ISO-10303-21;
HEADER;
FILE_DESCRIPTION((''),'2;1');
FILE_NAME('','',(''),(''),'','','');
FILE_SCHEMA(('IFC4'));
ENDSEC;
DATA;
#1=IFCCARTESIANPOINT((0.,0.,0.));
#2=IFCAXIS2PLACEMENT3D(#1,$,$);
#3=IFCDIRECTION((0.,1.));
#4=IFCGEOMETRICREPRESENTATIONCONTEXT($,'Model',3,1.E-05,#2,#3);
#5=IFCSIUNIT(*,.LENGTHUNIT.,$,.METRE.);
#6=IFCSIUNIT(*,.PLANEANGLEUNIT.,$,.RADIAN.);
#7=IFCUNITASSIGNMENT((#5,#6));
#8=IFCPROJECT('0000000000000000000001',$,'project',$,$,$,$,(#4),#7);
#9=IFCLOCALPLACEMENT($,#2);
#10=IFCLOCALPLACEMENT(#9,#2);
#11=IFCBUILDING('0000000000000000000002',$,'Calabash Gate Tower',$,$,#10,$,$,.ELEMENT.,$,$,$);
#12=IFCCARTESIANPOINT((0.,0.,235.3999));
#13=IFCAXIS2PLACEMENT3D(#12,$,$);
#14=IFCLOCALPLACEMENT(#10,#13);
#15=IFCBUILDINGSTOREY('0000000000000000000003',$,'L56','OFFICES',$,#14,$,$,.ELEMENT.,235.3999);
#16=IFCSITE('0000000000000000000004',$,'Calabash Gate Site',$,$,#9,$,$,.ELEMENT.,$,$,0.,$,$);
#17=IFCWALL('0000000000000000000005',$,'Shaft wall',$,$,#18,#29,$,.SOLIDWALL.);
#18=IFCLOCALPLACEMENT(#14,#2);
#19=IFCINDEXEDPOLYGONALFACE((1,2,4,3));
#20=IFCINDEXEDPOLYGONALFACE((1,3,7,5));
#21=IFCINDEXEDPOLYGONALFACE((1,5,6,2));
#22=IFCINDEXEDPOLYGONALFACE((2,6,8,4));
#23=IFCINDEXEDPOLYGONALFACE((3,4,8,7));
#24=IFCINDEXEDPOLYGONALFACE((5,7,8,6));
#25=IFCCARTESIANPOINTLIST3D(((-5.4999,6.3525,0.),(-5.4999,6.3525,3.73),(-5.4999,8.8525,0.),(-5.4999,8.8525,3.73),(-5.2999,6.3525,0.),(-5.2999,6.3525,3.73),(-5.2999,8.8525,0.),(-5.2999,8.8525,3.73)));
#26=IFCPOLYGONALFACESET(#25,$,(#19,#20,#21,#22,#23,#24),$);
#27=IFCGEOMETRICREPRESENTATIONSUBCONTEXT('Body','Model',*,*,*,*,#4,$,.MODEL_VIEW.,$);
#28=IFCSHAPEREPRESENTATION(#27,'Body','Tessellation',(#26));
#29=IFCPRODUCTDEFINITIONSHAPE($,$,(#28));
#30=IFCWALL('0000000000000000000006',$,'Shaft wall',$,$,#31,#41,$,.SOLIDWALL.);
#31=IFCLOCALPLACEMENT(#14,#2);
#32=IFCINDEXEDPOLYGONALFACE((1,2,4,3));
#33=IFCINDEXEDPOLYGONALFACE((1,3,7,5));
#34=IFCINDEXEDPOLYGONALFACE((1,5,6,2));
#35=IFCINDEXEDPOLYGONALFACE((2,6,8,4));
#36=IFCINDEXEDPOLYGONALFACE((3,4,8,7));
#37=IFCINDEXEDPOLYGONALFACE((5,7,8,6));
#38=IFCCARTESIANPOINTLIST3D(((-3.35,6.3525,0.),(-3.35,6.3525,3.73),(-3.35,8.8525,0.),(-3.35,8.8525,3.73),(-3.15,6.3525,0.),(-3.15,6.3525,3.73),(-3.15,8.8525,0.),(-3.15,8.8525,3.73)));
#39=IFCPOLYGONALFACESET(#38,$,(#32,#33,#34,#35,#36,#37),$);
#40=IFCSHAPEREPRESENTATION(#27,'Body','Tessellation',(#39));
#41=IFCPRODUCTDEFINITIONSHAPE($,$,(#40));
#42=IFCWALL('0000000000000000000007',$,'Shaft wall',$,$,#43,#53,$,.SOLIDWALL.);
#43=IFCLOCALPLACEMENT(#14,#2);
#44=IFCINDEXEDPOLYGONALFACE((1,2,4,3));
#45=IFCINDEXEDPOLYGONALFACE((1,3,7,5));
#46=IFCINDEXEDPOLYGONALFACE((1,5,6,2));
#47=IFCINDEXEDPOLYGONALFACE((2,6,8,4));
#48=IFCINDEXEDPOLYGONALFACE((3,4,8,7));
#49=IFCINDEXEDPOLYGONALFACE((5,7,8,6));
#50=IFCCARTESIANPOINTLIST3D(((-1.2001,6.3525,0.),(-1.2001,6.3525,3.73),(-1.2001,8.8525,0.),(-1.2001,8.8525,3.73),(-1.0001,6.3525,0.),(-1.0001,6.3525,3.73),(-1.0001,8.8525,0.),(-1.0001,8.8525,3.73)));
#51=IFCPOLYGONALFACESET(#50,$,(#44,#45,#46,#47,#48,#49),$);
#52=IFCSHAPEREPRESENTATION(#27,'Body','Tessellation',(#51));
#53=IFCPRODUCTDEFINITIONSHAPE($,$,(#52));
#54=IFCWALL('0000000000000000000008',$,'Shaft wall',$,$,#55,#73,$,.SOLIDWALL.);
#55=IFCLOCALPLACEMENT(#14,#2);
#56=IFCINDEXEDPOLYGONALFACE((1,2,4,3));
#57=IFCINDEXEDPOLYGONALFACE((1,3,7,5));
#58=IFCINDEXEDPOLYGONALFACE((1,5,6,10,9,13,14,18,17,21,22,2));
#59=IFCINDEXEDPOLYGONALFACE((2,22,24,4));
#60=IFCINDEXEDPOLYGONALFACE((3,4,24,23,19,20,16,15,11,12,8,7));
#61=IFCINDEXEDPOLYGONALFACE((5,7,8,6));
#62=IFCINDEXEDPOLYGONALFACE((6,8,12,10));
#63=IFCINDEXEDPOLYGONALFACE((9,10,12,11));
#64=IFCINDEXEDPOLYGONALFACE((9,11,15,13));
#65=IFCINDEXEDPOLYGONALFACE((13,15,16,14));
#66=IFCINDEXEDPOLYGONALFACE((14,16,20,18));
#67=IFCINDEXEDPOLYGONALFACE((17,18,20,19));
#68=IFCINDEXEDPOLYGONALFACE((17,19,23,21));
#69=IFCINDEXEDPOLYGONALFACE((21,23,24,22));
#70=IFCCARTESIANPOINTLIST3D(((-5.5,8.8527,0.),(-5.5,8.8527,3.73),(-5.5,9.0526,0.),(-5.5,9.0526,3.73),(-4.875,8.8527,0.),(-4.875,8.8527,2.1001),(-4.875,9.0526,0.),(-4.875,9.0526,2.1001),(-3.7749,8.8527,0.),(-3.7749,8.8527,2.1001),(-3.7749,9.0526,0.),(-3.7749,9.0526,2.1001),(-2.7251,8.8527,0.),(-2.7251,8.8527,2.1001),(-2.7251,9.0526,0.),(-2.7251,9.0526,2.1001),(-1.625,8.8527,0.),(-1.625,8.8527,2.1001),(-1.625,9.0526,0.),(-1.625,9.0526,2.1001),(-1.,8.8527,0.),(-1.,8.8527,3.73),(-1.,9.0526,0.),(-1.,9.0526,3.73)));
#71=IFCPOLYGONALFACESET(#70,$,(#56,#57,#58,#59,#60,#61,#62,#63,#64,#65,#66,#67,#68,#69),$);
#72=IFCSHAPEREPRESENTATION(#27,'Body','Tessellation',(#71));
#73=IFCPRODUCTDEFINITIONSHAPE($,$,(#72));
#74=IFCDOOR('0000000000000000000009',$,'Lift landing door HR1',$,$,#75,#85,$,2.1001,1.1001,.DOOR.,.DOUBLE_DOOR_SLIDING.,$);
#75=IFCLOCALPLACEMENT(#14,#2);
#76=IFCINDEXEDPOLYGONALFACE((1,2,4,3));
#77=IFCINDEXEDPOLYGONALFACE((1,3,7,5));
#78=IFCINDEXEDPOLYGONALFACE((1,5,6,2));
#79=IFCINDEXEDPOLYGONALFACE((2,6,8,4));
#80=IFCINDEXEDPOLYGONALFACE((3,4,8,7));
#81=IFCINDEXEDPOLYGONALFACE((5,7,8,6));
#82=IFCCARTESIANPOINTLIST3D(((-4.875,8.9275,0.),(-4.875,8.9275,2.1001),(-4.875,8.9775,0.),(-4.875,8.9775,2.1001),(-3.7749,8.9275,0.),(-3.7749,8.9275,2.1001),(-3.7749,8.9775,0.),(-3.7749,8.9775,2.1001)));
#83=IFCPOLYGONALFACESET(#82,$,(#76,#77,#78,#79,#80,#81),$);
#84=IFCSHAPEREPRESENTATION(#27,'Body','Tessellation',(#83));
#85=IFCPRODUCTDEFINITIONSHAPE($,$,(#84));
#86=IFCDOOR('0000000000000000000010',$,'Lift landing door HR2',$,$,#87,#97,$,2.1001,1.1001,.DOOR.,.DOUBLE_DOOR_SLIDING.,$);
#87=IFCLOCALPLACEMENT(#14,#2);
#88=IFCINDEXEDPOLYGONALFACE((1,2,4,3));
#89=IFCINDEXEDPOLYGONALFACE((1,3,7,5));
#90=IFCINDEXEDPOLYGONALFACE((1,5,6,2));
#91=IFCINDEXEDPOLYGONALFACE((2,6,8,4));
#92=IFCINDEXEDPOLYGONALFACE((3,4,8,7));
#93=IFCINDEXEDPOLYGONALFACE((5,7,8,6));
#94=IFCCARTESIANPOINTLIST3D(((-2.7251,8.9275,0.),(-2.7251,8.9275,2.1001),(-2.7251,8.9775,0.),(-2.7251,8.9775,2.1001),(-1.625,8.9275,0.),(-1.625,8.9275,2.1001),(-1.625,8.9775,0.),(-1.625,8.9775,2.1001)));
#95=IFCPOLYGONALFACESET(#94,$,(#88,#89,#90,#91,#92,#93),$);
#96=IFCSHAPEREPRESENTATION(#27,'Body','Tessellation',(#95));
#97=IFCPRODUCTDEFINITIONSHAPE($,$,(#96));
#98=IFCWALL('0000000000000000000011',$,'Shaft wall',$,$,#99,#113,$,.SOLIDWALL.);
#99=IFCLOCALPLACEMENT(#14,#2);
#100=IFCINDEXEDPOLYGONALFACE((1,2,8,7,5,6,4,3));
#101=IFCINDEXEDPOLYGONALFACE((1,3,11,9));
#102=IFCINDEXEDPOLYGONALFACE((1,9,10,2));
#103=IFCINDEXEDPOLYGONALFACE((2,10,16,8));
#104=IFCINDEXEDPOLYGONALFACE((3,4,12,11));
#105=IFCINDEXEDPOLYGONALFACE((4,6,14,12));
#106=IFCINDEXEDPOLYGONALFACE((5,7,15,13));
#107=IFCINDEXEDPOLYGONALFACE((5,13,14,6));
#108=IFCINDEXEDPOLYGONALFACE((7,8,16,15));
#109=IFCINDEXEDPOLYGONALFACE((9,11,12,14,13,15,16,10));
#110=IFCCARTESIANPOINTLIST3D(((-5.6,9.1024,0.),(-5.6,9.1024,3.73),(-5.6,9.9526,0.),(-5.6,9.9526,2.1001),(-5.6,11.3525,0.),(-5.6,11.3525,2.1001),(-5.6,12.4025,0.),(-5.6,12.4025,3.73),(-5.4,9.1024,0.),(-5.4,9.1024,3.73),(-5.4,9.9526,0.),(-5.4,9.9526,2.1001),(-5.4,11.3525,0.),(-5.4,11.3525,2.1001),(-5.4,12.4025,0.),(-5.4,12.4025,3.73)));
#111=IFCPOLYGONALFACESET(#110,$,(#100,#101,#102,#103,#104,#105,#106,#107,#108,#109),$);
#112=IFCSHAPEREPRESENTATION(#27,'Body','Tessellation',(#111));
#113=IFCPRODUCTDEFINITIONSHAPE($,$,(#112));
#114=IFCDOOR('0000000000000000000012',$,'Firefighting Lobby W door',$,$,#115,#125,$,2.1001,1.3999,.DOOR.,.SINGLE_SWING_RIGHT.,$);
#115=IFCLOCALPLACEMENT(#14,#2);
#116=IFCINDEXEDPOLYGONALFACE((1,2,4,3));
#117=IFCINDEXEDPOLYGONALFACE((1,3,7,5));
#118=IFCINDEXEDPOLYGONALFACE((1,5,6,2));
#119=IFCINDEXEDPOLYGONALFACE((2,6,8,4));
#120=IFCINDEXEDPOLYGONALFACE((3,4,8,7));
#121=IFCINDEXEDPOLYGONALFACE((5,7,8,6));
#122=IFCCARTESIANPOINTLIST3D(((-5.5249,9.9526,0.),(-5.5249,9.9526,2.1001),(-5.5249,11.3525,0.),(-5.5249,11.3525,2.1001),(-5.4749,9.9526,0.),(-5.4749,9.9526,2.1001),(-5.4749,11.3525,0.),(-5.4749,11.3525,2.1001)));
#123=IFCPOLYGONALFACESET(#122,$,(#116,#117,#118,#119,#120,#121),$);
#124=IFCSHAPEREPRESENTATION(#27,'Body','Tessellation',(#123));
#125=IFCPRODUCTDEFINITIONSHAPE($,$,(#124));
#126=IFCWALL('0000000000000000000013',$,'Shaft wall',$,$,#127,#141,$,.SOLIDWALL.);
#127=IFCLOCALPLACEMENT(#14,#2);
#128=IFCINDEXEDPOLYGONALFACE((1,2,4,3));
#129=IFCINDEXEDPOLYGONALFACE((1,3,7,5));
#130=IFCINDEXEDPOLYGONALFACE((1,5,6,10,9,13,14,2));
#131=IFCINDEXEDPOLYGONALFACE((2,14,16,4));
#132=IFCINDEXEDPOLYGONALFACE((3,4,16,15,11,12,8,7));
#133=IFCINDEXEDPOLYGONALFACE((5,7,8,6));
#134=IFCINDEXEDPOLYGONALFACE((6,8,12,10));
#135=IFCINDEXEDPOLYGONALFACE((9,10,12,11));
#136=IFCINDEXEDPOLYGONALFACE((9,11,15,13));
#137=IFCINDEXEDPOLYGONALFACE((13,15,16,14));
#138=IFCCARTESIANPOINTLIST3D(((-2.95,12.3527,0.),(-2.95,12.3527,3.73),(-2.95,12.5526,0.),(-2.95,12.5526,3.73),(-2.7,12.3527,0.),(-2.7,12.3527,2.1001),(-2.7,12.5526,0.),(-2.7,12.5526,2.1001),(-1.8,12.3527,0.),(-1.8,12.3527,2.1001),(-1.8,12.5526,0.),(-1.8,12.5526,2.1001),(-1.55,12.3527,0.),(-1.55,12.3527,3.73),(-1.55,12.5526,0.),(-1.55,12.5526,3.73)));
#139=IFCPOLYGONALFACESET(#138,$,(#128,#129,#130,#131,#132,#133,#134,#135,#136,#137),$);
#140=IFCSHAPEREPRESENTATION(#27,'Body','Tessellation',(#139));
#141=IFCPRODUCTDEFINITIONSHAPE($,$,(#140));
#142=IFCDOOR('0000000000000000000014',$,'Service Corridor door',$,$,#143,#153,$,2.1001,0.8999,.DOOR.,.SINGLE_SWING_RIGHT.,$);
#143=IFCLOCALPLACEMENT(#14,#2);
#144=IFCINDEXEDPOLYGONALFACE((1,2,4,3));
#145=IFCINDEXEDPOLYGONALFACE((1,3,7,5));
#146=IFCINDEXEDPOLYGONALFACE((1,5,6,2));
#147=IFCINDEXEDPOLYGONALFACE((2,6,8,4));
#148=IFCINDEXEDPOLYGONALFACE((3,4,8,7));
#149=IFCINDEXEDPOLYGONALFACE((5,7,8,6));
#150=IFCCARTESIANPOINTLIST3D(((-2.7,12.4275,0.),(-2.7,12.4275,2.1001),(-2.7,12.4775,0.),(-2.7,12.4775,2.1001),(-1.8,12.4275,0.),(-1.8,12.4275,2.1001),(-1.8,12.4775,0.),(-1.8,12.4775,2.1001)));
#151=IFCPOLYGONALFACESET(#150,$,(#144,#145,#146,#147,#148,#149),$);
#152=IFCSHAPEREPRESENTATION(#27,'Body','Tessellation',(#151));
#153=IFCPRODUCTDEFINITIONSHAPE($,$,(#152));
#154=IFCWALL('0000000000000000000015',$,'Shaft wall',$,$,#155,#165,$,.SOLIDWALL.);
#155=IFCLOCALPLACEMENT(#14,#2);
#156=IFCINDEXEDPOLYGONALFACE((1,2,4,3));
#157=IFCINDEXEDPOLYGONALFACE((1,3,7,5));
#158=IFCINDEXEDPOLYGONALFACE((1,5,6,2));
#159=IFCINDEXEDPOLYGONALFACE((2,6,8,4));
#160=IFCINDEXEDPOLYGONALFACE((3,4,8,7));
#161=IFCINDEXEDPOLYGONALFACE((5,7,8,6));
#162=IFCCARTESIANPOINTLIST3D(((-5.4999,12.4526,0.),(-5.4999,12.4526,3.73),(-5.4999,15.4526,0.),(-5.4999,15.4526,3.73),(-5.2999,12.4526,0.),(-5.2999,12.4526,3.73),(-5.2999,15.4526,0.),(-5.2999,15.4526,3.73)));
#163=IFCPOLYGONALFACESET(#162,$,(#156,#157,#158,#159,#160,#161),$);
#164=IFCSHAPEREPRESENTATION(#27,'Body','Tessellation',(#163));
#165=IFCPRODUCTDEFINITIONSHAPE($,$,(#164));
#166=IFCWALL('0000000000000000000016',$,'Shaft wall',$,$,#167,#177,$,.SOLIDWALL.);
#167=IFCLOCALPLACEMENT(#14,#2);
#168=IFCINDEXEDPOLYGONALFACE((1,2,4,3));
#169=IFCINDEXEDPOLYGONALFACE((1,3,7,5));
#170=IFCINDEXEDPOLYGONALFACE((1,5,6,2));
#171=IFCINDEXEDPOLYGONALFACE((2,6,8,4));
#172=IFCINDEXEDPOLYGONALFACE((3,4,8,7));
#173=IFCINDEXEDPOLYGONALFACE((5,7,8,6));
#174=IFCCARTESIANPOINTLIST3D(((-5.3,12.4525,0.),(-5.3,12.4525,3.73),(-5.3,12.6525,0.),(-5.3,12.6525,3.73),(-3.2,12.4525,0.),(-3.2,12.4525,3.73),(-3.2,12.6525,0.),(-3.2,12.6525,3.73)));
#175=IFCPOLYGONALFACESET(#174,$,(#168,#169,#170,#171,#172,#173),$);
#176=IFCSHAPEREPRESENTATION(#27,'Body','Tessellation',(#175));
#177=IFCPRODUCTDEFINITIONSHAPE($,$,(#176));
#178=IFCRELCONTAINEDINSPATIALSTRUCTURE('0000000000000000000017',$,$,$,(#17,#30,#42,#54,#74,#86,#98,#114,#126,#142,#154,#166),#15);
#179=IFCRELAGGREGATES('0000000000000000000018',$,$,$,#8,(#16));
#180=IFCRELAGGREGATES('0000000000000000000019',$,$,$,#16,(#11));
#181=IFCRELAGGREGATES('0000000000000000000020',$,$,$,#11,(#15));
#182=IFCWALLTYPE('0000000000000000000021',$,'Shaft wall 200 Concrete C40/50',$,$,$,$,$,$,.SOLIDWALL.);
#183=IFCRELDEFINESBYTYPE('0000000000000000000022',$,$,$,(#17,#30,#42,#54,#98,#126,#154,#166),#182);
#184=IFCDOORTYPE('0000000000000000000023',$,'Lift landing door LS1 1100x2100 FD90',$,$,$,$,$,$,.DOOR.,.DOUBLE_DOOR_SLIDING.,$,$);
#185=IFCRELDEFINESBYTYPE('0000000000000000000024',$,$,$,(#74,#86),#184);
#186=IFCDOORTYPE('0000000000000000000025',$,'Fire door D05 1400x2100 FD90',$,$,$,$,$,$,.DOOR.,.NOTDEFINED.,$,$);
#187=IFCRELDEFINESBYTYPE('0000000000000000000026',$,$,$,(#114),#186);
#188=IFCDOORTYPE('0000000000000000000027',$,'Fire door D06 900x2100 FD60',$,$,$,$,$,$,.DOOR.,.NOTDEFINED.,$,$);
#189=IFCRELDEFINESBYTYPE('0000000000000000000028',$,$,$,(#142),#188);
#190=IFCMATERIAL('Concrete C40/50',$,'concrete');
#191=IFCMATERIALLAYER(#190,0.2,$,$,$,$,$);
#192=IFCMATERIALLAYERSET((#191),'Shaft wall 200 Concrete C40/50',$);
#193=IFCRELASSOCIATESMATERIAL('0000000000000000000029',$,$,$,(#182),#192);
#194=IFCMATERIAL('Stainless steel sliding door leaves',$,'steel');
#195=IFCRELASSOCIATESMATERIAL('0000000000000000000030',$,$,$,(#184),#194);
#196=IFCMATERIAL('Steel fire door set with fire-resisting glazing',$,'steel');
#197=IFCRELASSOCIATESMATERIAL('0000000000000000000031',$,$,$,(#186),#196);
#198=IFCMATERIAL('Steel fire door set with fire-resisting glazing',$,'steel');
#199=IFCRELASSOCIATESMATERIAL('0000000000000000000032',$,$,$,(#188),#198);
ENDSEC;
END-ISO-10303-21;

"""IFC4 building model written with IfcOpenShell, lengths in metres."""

from ifc_helpers import new_model, si_unit, direction, frame, frame_2d, origin, place, context, subcontext, project, spatial, rectangle, extrude, material, layer, layer_set, type_object, element, fill, save


model = new_model("IFC4")

# Units and contexts
model_context = context("Model", 3, precision=1e-05, world=origin(), true_north=direction((0.0, 1.0)))
body_context = subcontext(model_context, "Body", "Model", "MODEL_VIEW")
ifc_project = project(units=[si_unit("LENGTHUNIT", "METRE"), si_unit("PLANEANGLEUNIT", "RADIAN")], contexts=[model_context])

# Site, building, storey
site_placement = place(None, origin())
site = spatial("IfcSite", under=ifc_project, at=site_placement, Name="Calabash Gate Site", CompositionType="ELEMENT", RefElevation=0.0)
building_placement = place(site_placement, origin())
building = spatial("IfcBuilding", under=site, at=building_placement, Name="Calabash Gate Tower", CompositionType="ELEMENT")
storey_placement = place(building_placement, frame((0.0, 0.0, 235.3999)))
storey = spatial("IfcBuildingStorey", under=building, at=storey_placement, Name="L56", Description="OFFICES", CompositionType="ELEMENT", Elevation=235.3999)

# Walls
ifc_material_1 = material(Name="Concrete C40/50", Category="concrete")
ifc_layer = layer(ifc_material_1, 0.2)
ifc_layer_set = layer_set([ifc_layer], Name="Shaft wall 200 Concrete C40/50")
wall_type = type_object("IfcWallType", Name="Shaft wall 200 Concrete C40/50", PredefinedType="SOLIDWALL", material=ifc_layer_set)
for number, where, z_axis, x_axis, name in (
    (1, (-5.3999, 6.3525, 0.0), (0.0, 0.0, 1.0), (0.0, 1.0, 0.0), "Shaft wall"),
    (2, (-3.25, 6.3525, 0.0), (0.0, 0.0, 1.0), (0.0, 1.0, 0.0), "Shaft wall"),
    (3, (-1.1001, 6.3525, 0.0), (0.0, 0.0, 1.0), (0.0, 1.0, 0.0), "Shaft wall"),
):
    element("IfcWall", number, at=place(storey_placement, frame(where, z_axis=z_axis, x_axis=x_axis)), inside=storey, type_object=wall_type, Name=name, PredefinedType="SOLIDWALL", context=body_context, shape_type="SweptSolid", body=[
        extrude(rectangle(XDim=2.5, YDim=0.2, at=frame_2d((1.25, 0.0))), origin(), (0.0, 0.0, 1.0), 3.73),
    ])

# Wall, openings, doors
wall_1_placement = place(storey_placement, frame((-5.5, 8.9526, 0.0), z_axis=(0.0, 0.0, 1.0), x_axis=(1.0, 0.0, 0.0)))
wall_1 = element("IfcWall", 4, at=wall_1_placement, inside=storey, type_object=wall_type, Name="Shaft wall", PredefinedType="SOLIDWALL", context=body_context, shape_type="SweptSolid", body=[
    extrude(rectangle(XDim=4.5, YDim=0.2, at=frame_2d((2.25, 0.0))), origin(), (0.0, 0.0, 1.0), 3.73),
])
opening_1_placement = place(wall_1_placement, frame((0.625, 0.0, 0.0)))
opening_1 = element("IfcOpeningElement", 5, at=opening_1_placement, cuts=wall_1, PredefinedType="OPENING", context=body_context, shape_type="SweptSolid", body=[
    extrude(rectangle(XDim=1.1001, YDim=2.1001, at=frame_2d((0.55, 1.05))), frame((0.0, 0.1099, 0.0), z_axis=(0.0, -1.0, 0.0), x_axis=(1.0, 0.0, 0.0)), (0.0, 0.0, 1.0), 0.22),
])
opening_2_placement = place(wall_1_placement, frame((2.7749, 0.0, 0.0)))
opening_2 = element("IfcOpeningElement", 6, at=opening_2_placement, cuts=wall_1, PredefinedType="OPENING", context=body_context, shape_type="SweptSolid", body=[
    extrude(rectangle(XDim=1.1001, YDim=2.1001, at=frame_2d((0.55, 1.05))), frame((0.0, 0.1099, 0.0), z_axis=(0.0, -1.0, 0.0), x_axis=(1.0, 0.0, 0.0)), (0.0, 0.0, 1.0), 0.22),
])
ifc_material_2 = material(Name="Stainless steel sliding door leaves", Category="steel")
door_type_1 = type_object("IfcDoorType", Name="Lift landing door LS1 1100x2100 FD90", OperationType="DOUBLE_DOOR_SLIDING", PredefinedType="DOOR", material=ifc_material_2)
door_1_placement = place(opening_1_placement, origin())
door_1 = element("IfcDoor", 7, at=door_1_placement, inside=storey, type_object=door_type_1, Name="Lift landing door HR1", OperationType="DOUBLE_DOOR_SLIDING", OverallHeight=2.1001, OverallWidth=1.1001, PredefinedType="DOOR", context=body_context, shape_type="SweptSolid", body=[
    extrude(rectangle(XDim=1.1001, YDim=2.1001, at=frame_2d((0.55, 1.05))), frame((0.0, 0.0249, 0.0), z_axis=(0.0, -1.0, 0.0), x_axis=(1.0, 0.0, 0.0)), (0.0, 0.0, 1.0), 0.05),
])
fill(opening_1, door_1)
door_2_placement = place(opening_2_placement, origin())
door_2 = element("IfcDoor", 8, at=door_2_placement, inside=storey, type_object=door_type_1, Name="Lift landing door HR2", OperationType="DOUBLE_DOOR_SLIDING", OverallHeight=2.1001, OverallWidth=1.1001, PredefinedType="DOOR", context=body_context, shape_type="SweptSolid", body=[
    extrude(rectangle(XDim=1.1001, YDim=2.1001, at=frame_2d((0.55, 1.05))), frame((0.0, 0.0249, 0.0), z_axis=(0.0, -1.0, 0.0), x_axis=(1.0, 0.0, 0.0)), (0.0, 0.0, 1.0), 0.05),
])
fill(opening_2, door_2)

# Walls, openings, doors
wall_2_placement = place(storey_placement, frame((-5.5, 9.1025, 0.0), z_axis=(0.0, 0.0, 1.0), x_axis=(0.0, 1.0, 0.0)))
wall_2 = element("IfcWall", 9, at=wall_2_placement, inside=storey, type_object=wall_type, Name="Shaft wall", PredefinedType="SOLIDWALL", context=body_context, shape_type="SweptSolid", body=[
    extrude(rectangle(XDim=3.3, YDim=0.2, at=frame_2d((1.6499, 0.0))), origin(), (0.0, 0.0, 1.0), 3.73),
])
opening_3_placement = place(wall_2_placement, frame((0.8501, 0.0, 0.0)))
opening_3 = element("IfcOpeningElement", 10, at=opening_3_placement, cuts=wall_2, PredefinedType="OPENING", context=body_context, shape_type="SweptSolid", body=[
    extrude(rectangle(XDim=1.3999, YDim=2.1001, at=frame_2d((0.7, 1.05))), frame((0.0, 0.1099, 0.0), z_axis=(0.0, -1.0, 0.0), x_axis=(1.0, 0.0, 0.0)), (0.0, 0.0, 1.0), 0.22),
])
ifc_material_3 = material(Name="Steel fire door set with fire-resisting glazing", Category="steel")
door_type_2 = type_object("IfcDoorType", Name="Fire door D05 1400x2100 FD90", OperationType="NOTDEFINED", PredefinedType="DOOR", material=ifc_material_3)
door_3_placement = place(opening_3_placement, origin())
door_3 = element("IfcDoor", 11, at=door_3_placement, inside=storey, type_object=door_type_2, Name="Firefighting Lobby W door", OperationType="SINGLE_SWING_RIGHT", OverallHeight=2.1001, OverallWidth=1.3999, PredefinedType="DOOR", context=body_context, shape_type="SweptSolid", body=[
    extrude(rectangle(XDim=1.3999, YDim=2.1001, at=frame_2d((0.7, 1.05))), frame((0.0, 0.0249, 0.0), z_axis=(0.0, -1.0, 0.0), x_axis=(1.0, 0.0, 0.0)), (0.0, 0.0, 1.0), 0.05),
])
fill(opening_3, door_3)
wall_3_placement = place(storey_placement, frame((-2.95, 12.4526, 0.0), z_axis=(0.0, 0.0, 1.0), x_axis=(1.0, 0.0, 0.0)))
wall_3 = element("IfcWall", 12, at=wall_3_placement, inside=storey, type_object=wall_type, Name="Shaft wall", PredefinedType="SOLIDWALL", context=body_context, shape_type="SweptSolid", body=[
    extrude(rectangle(XDim=1.3999, YDim=0.2, at=frame_2d((0.7, 0.0))), origin(), (0.0, 0.0, 1.0), 3.73),
])
opening_4_placement = place(wall_3_placement, frame((0.25, 0.0, 0.0)))
opening_4 = element("IfcOpeningElement", 13, at=opening_4_placement, cuts=wall_3, PredefinedType="OPENING", context=body_context, shape_type="SweptSolid", body=[
    extrude(rectangle(XDim=0.8999, YDim=2.1001, at=frame_2d((0.45, 1.05))), frame((0.0, 0.1099, 0.0), z_axis=(0.0, -1.0, 0.0), x_axis=(1.0, 0.0, 0.0)), (0.0, 0.0, 1.0), 0.22),
])
ifc_material_4 = material(Name="Steel fire door set with fire-resisting glazing", Category="steel")
door_type_3 = type_object("IfcDoorType", Name="Fire door D06 900x2100 FD60", OperationType="NOTDEFINED", PredefinedType="DOOR", material=ifc_material_4)
door_4_placement = place(opening_4_placement, origin())
door_4 = element("IfcDoor", 14, at=door_4_placement, inside=storey, type_object=door_type_3, Name="Service Corridor door", OperationType="SINGLE_SWING_RIGHT", OverallHeight=2.1001, OverallWidth=0.8999, PredefinedType="DOOR", context=body_context, shape_type="SweptSolid", body=[
    extrude(rectangle(XDim=0.8999, YDim=2.1001, at=frame_2d((0.45, 1.05))), frame((0.0, 0.0249, 0.0), z_axis=(0.0, -1.0, 0.0), x_axis=(1.0, 0.0, 0.0)), (0.0, 0.0, 1.0), 0.05),
])
fill(opening_4, door_4)

# Walls
wall_4_placement = place(storey_placement, frame((-5.3999, 12.4526, 0.0), z_axis=(0.0, 0.0, 1.0), x_axis=(0.0, 1.0, 0.0)))
element("IfcWall", 15, at=wall_4_placement, inside=storey, type_object=wall_type, Name="Shaft wall", PredefinedType="SOLIDWALL", context=body_context, shape_type="SweptSolid", body=[
    extrude(rectangle(XDim=3.0, YDim=0.2, at=frame_2d((1.5, 0.0))), origin(), (0.0, 0.0, 1.0), 3.73),
])
wall_5_placement = place(storey_placement, frame((-5.3, 12.5525, 0.0), z_axis=(0.0, 0.0, 1.0), x_axis=(1.0, 0.0, 0.0)))
element("IfcWall", 16, at=wall_5_placement, inside=storey, type_object=wall_type, Name="Shaft wall", PredefinedType="SOLIDWALL", context=body_context, shape_type="SweptSolid", body=[
    extrude(rectangle(XDim=2.1001, YDim=0.2, at=frame_2d((1.05, 0.0))), origin(), (0.0, 0.0, 1.0), 3.73),
])

save(model, "model.ifc")
